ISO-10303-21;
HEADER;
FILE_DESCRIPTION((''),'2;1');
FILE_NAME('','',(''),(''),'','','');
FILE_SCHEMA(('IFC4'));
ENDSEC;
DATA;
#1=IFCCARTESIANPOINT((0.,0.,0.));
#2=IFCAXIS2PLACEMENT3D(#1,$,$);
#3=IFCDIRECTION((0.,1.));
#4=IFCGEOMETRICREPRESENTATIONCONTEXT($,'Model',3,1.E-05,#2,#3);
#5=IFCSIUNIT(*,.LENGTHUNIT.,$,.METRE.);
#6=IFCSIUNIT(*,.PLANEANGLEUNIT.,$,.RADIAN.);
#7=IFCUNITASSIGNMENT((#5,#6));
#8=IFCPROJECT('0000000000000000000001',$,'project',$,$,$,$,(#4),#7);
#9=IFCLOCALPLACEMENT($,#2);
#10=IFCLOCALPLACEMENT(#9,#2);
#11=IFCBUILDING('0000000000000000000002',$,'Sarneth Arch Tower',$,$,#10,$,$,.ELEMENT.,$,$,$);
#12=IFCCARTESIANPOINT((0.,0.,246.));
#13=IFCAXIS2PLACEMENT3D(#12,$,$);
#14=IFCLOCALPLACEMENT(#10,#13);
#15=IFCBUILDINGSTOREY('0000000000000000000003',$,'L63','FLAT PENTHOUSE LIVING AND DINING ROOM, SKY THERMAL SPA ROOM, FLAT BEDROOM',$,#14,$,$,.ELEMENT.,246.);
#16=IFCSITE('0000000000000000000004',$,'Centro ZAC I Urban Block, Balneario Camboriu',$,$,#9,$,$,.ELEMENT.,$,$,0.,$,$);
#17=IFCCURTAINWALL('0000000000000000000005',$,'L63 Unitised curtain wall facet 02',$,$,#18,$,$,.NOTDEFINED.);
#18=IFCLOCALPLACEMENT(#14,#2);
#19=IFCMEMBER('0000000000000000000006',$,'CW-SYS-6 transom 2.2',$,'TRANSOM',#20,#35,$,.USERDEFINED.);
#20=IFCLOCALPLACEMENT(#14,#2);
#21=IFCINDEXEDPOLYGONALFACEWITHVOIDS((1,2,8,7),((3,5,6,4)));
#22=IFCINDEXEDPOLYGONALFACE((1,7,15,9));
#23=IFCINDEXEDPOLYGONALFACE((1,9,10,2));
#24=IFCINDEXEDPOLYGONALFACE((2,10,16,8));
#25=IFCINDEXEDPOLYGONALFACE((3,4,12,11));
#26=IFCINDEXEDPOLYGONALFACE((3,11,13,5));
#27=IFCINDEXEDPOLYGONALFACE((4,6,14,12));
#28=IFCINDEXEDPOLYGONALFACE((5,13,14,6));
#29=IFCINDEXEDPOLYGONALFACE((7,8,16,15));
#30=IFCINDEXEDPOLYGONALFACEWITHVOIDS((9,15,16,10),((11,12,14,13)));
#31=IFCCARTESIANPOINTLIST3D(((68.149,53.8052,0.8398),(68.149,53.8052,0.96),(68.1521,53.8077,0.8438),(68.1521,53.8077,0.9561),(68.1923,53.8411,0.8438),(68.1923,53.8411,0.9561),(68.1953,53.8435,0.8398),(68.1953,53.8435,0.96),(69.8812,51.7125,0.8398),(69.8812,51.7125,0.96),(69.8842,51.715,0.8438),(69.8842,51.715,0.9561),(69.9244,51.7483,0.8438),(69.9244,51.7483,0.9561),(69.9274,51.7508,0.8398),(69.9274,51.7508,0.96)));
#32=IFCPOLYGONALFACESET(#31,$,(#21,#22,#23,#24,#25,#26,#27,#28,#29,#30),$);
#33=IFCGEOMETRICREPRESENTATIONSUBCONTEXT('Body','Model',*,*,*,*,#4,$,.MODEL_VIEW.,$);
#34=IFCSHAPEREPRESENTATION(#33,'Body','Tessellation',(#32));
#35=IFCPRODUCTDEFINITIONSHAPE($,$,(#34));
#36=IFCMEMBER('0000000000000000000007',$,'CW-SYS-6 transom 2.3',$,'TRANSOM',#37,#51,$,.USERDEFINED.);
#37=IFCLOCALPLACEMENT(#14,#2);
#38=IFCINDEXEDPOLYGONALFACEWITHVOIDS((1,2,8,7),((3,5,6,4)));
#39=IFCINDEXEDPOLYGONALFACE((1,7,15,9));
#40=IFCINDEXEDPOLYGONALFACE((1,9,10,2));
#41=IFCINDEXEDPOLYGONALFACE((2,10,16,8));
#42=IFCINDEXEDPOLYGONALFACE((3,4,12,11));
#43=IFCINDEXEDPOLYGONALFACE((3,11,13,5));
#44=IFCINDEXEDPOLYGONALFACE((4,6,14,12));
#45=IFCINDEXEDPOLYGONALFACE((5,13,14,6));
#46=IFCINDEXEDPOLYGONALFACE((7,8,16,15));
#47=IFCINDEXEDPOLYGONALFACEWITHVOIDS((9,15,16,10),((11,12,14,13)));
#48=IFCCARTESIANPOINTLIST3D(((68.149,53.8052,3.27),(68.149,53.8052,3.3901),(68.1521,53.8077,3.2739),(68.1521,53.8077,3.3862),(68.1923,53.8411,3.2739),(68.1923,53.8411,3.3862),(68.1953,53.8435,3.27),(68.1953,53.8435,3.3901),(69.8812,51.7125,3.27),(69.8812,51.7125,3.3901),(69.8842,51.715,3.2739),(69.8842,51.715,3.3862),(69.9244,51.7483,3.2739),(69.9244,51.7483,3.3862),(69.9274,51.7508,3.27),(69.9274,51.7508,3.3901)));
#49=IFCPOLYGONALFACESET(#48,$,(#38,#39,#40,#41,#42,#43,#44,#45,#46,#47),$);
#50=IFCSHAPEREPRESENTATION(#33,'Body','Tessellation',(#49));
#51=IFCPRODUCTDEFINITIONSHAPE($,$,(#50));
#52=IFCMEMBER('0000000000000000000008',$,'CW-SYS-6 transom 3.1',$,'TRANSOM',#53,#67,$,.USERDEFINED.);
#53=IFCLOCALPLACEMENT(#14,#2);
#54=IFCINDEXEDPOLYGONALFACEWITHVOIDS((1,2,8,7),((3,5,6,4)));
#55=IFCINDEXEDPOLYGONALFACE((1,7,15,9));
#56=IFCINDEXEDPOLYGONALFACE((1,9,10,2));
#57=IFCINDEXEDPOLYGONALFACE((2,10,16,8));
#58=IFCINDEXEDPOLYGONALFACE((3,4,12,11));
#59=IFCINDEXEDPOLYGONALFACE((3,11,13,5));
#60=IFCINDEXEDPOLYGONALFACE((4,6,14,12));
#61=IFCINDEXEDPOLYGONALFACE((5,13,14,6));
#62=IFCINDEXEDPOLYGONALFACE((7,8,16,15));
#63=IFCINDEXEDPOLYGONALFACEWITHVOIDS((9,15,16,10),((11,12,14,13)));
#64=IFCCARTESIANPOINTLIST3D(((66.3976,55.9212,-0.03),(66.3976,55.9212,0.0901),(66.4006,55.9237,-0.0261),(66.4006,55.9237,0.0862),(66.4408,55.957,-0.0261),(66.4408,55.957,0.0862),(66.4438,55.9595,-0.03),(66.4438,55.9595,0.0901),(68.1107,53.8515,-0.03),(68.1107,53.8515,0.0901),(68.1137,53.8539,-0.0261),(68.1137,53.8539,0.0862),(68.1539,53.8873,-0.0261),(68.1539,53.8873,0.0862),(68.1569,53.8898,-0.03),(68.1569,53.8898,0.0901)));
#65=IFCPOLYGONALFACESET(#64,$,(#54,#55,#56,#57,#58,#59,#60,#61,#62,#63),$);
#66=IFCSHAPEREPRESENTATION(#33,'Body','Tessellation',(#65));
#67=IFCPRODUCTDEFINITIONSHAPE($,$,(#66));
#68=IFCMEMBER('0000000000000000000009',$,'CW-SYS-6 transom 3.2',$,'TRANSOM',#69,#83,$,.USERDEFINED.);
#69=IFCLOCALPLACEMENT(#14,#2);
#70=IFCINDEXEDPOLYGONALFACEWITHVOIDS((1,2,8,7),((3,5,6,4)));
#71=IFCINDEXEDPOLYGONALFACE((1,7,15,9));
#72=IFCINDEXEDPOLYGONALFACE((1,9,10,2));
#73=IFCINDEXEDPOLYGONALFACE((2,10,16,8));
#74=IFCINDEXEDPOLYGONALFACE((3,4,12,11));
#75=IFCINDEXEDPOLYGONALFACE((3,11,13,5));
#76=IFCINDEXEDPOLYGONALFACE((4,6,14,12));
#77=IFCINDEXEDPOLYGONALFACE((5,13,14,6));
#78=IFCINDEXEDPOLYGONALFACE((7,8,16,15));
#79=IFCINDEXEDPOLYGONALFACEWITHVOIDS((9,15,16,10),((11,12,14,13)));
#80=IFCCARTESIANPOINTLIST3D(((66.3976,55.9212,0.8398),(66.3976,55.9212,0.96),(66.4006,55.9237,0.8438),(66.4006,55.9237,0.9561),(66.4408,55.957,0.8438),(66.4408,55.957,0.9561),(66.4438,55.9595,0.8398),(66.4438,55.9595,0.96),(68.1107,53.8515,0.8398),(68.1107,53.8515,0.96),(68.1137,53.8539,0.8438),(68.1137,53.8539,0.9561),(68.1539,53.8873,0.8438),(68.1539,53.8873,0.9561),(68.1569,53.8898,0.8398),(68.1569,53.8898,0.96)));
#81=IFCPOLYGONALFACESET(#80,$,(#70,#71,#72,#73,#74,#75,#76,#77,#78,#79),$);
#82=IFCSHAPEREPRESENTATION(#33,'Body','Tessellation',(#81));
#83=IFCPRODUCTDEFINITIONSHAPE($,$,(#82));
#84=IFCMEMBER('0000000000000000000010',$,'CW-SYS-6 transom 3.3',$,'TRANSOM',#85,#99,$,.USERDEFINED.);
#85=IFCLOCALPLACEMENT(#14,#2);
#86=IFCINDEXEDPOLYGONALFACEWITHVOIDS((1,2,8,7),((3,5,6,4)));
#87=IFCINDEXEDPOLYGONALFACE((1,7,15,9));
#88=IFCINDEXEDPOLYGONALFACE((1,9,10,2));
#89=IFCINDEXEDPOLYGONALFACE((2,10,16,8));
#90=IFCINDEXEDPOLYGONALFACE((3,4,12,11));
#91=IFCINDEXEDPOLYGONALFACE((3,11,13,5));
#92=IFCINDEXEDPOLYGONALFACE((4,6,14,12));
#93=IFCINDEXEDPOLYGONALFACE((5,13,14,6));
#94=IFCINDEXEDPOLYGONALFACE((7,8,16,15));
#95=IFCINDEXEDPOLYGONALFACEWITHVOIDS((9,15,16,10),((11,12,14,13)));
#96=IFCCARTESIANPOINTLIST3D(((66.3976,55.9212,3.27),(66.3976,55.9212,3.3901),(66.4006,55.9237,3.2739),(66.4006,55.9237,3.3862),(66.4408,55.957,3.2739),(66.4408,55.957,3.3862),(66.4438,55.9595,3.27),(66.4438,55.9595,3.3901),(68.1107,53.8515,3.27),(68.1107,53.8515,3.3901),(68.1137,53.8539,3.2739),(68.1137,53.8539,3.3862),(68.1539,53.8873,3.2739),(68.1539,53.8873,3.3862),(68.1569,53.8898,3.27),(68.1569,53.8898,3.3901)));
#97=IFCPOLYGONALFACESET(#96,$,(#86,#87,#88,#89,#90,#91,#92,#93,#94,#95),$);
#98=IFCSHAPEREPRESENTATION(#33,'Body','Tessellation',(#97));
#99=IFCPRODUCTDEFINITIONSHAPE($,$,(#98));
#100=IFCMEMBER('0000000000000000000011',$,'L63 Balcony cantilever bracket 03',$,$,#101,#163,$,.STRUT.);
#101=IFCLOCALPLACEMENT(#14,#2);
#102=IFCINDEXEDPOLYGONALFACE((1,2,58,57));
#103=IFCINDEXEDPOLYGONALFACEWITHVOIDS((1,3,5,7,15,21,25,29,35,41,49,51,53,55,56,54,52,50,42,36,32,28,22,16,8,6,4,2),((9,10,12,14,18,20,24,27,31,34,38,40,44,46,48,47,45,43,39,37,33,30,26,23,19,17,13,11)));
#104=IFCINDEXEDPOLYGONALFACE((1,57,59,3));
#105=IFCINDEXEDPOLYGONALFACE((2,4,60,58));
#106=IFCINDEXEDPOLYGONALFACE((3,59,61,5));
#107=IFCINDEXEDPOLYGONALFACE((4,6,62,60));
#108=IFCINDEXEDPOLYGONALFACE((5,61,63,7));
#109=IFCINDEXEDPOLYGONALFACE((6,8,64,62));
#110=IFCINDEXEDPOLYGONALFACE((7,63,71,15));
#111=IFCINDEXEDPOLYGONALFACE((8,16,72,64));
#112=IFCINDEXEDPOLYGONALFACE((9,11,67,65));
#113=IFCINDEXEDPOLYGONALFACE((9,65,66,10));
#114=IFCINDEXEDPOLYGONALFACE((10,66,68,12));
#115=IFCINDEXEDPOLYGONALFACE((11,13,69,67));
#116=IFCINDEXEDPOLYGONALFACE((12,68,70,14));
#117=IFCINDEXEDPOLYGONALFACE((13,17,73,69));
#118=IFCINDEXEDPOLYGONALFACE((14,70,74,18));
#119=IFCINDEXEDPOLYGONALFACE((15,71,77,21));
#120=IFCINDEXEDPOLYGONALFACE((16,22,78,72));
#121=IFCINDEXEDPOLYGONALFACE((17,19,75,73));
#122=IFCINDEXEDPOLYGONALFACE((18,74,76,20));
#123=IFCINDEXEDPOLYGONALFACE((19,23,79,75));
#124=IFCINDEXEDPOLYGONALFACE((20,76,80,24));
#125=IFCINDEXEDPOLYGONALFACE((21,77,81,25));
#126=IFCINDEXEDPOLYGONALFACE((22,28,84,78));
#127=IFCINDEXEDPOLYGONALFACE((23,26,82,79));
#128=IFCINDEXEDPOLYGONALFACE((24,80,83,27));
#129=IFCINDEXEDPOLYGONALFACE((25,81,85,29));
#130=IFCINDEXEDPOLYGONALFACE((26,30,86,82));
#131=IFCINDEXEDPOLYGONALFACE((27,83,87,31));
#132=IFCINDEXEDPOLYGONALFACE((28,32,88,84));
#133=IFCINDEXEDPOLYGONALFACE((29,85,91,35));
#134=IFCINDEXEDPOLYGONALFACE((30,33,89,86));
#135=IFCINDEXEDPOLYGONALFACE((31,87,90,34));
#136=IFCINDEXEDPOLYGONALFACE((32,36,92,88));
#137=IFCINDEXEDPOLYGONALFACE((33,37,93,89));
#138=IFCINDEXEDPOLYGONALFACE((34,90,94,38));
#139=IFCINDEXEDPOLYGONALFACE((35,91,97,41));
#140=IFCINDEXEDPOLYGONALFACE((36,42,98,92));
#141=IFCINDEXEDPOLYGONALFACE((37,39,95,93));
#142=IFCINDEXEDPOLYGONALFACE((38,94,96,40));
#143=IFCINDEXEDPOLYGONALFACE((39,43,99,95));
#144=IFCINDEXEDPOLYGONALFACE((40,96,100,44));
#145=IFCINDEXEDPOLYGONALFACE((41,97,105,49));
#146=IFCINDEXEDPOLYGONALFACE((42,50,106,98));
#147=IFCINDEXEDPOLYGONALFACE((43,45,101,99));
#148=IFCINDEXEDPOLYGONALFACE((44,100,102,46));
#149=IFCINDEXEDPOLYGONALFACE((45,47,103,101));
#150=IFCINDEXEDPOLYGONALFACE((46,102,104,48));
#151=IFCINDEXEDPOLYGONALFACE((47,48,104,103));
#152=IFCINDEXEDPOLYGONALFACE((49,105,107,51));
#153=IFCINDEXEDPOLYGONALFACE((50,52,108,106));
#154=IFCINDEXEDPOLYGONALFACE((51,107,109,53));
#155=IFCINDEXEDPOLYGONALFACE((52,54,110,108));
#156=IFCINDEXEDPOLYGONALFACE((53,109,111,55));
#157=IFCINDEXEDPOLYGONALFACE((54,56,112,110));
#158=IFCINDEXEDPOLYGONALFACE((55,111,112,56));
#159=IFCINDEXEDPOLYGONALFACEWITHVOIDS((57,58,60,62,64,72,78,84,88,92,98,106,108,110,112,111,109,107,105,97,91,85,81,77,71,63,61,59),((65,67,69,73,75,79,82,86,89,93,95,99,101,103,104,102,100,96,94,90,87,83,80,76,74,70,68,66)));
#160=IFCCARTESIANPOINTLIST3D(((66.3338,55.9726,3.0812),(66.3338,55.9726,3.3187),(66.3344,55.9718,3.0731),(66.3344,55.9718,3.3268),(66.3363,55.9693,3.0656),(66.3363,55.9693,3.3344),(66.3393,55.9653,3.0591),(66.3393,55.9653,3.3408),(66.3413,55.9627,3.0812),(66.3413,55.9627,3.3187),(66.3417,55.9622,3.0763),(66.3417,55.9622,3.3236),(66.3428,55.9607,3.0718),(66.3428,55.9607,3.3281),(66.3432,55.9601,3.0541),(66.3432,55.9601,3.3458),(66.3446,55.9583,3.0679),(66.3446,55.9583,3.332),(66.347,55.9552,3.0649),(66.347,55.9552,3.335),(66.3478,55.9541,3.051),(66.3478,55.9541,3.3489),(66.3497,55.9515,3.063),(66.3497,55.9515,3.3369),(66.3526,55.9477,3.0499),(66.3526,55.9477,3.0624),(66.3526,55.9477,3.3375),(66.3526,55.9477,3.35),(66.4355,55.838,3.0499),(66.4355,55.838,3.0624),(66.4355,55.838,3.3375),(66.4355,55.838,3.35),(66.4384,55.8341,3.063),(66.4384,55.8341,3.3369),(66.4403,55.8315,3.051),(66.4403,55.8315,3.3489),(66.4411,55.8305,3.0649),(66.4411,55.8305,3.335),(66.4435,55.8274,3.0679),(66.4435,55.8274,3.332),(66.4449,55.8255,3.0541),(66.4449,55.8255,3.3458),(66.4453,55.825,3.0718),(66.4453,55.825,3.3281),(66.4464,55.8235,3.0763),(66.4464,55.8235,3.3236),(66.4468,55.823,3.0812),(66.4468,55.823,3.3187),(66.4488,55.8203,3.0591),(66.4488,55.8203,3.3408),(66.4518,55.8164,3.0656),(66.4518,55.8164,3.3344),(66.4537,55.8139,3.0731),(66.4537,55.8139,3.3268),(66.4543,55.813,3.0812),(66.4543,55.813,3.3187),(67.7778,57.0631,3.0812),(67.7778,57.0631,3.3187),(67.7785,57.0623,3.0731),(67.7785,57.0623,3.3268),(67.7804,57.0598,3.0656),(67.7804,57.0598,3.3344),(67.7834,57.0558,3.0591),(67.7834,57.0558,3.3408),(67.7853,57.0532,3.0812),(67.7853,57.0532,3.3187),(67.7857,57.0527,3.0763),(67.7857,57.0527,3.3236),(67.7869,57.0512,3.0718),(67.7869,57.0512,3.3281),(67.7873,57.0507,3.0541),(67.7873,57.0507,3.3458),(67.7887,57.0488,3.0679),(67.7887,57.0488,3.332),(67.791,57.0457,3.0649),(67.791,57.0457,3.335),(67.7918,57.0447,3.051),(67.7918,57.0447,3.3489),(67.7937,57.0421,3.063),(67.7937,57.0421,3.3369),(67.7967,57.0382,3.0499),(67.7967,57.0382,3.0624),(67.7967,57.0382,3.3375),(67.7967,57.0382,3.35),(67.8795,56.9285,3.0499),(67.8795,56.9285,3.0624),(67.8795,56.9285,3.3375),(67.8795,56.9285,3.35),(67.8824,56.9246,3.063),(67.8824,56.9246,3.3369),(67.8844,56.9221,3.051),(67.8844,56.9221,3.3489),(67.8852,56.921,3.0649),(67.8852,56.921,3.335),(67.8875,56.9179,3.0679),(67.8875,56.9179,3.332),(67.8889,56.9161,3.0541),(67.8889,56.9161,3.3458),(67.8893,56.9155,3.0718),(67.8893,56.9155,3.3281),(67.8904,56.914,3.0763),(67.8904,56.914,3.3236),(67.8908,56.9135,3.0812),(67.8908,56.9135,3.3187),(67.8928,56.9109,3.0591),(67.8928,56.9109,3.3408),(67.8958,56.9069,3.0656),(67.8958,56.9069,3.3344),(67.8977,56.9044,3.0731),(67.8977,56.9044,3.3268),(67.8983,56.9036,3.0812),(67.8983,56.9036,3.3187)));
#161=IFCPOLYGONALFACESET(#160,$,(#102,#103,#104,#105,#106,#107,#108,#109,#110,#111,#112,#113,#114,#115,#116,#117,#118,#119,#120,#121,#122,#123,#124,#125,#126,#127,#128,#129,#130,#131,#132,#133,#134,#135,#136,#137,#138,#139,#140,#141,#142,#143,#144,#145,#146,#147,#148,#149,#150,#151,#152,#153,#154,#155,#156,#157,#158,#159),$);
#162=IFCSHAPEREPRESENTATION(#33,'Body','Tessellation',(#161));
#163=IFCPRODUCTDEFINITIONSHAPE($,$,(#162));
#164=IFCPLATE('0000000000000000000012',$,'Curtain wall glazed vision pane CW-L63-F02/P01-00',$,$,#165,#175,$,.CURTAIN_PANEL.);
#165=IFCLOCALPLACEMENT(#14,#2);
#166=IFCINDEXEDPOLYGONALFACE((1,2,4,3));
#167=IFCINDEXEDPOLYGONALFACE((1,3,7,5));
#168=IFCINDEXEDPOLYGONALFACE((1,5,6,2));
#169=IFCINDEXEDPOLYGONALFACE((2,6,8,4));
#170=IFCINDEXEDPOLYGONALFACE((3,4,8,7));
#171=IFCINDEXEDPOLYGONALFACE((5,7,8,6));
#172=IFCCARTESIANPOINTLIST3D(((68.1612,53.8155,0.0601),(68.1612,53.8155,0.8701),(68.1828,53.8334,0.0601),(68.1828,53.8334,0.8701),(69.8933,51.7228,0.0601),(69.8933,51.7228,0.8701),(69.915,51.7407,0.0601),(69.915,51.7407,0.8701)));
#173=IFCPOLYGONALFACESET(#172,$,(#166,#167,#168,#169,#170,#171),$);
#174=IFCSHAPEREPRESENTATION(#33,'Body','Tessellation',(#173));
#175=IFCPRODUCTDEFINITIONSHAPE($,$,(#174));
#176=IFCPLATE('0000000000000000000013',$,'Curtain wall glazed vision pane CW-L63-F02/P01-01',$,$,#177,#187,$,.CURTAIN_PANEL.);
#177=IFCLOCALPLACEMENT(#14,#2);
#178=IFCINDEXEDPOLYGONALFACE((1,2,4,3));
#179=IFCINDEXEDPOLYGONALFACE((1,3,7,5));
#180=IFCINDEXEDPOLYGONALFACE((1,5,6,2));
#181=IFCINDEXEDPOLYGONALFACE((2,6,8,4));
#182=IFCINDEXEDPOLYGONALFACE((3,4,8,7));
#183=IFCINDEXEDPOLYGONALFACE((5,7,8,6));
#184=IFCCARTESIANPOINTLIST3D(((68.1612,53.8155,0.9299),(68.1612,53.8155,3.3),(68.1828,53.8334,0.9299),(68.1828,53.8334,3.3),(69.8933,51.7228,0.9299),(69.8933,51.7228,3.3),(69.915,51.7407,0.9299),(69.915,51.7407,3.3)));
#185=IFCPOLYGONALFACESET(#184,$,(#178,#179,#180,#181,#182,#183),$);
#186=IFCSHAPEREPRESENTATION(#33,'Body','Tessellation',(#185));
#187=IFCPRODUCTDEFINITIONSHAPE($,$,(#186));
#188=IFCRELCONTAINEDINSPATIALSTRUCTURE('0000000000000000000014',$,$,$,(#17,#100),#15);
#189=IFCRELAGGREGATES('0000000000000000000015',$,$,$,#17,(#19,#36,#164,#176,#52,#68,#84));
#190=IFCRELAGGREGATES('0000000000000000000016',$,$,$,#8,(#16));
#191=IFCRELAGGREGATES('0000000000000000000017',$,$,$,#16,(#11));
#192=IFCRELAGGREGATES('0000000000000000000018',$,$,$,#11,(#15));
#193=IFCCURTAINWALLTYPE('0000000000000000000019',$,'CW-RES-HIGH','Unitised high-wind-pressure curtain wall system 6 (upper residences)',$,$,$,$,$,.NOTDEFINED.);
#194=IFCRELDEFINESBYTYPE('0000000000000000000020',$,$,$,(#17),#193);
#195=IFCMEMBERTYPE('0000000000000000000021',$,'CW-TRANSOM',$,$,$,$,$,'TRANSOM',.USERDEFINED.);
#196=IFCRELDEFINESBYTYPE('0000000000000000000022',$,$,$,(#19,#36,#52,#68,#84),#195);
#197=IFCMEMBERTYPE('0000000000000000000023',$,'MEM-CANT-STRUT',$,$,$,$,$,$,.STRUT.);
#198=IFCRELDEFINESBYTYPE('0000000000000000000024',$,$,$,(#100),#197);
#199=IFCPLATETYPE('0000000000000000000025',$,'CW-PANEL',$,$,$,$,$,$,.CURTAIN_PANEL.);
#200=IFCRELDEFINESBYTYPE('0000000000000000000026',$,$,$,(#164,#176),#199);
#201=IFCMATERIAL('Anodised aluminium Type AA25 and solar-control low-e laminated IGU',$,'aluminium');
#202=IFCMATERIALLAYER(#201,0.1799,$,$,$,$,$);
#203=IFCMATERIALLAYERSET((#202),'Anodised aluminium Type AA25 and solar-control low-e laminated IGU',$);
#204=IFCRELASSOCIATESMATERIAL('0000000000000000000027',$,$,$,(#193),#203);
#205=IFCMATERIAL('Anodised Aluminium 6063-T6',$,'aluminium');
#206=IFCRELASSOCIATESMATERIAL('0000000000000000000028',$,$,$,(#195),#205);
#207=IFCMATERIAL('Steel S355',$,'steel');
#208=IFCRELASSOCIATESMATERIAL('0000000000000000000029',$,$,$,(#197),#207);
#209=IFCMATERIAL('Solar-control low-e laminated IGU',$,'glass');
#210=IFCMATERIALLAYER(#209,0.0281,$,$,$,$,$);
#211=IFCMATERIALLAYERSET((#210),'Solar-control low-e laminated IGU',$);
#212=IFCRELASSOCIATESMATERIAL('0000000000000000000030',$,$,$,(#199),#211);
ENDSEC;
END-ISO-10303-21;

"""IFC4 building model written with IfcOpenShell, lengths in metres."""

from ifc_helpers import new_model, si_unit, direction, frame, origin, origin_2d, place, context, subcontext, project, spatial, rectangle, hollow_rectangle, extrude, material, layer, layer_set, material_profile, profile_set, type_object, element, aggregate, save


model = new_model("IFC4")

# Units and contexts
model_context = context("Model", 3, precision=1e-05, world=origin(), true_north=direction((0.0, 1.0)))
body_context = subcontext(model_context, "Body", "Model", "MODEL_VIEW")
ifc_project = project(units=[si_unit("LENGTHUNIT", "METRE"), si_unit("PLANEANGLEUNIT", "RADIAN")], contexts=[model_context])

# Site, building, storey
site_placement = place(None, origin())
site = spatial("IfcSite", under=ifc_project, at=site_placement, Name="Centro ZAC I Urban Block, Balneario Camboriu", CompositionType="ELEMENT", RefElevation=0.0)
building_placement = place(site_placement, origin())
building = spatial("IfcBuilding", under=site, at=building_placement, Name="Sarneth Arch Tower", CompositionType="ELEMENT")
storey_placement = place(building_placement, frame((0.0, 0.0, 246.0)))
storey = spatial("IfcBuildingStorey", under=building, at=storey_placement, Name="L63", Description="FLAT PENTHOUSE LIVING AND DINING ROOM, SKY THERMAL SPA ROOM, FLAT BEDROOM", CompositionType="ELEMENT", Elevation=246.0)

# Curtain wall, members
ifc_material_1 = material(Name="Anodised aluminium Type AA25 and solar-control low-e laminated IGU", Category="aluminium")
ifc_layer_1 = layer(ifc_material_1, 0.1799)
ifc_layer_set_1 = layer_set([ifc_layer_1], Name="Anodised aluminium Type AA25 and solar-control low-e laminated IGU")
curtain_wall_type = type_object("IfcCurtainWallType", Name="CW-RES-HIGH", Description="Unitised high-wind-pressure curtain wall system 6 (upper residences)", PredefinedType="NOTDEFINED", material=ifc_layer_set_1)
curtain_wall_placement = place(storey_placement, origin())
curtain_wall = element("IfcCurtainWall", 1, at=curtain_wall_placement, inside=storey, type_object=curtain_wall_type, Name="L63 Unitised curtain wall facet 02", PredefinedType="NOTDEFINED")
ifc_material_2 = material(Name="Anodised Aluminium 6063-T6", Category="aluminium")
ifc_material_profile_1 = material_profile(ifc_material_2, hollow_rectangle(XDim=0.0601, YDim=0.1201, WallThickness=0.0039, at=origin_2d()), Name="AL-TRAN-120x60x4")
ifc_profile_set_1 = profile_set([ifc_material_profile_1], Name="Anodised Aluminium 6063-T6")
member_type_1 = type_object("IfcMemberType", Name="CW-TRANSOM", ElementType="TRANSOM", PredefinedType="USERDEFINED", material=ifc_profile_set_1)
member_1_placement = place(storey_placement, frame((69.9043, 51.7317, 0.8999), z_axis=(-0.637617, 0.770353, 0.0), x_axis=(-0.770353, -0.637617, 0.0)))
member_1 = element("IfcMember", 2, at=member_1_placement, type_object=member_type_1, Name="CW-SYS-6 transom 2.2", ObjectType="TRANSOM", PredefinedType="USERDEFINED", context=body_context, shape_type="SweptSolid", body=[
    extrude(hollow_rectangle(XDim=0.0601, YDim=0.1201, WallThickness=0.0039, at=origin_2d()), origin(), (0.0, 0.0, 1.0), 2.7166),
])
member_2_placement = place(storey_placement, frame((69.9043, 51.7317, 3.3301), z_axis=(-0.637617, 0.770353, 0.0), x_axis=(-0.770353, -0.637617, 0.0)))
member_2 = element("IfcMember", 3, at=member_2_placement, type_object=member_type_1, Name="CW-SYS-6 transom 2.3", ObjectType="TRANSOM", PredefinedType="USERDEFINED", context=body_context, shape_type="SweptSolid", body=[
    extrude(hollow_rectangle(XDim=0.0601, YDim=0.1201, WallThickness=0.0039, at=origin_2d()), origin(), (0.0, 0.0, 1.0), 2.7166),
])
member_3_placement = place(storey_placement, frame((68.1338, 53.8706, 0.03), z_axis=(-0.637607, 0.770362, 0.0), x_axis=(-0.770362, -0.637607, 0.0)))
member_3 = element("IfcMember", 4, at=member_3_placement, type_object=member_type_1, Name="CW-SYS-6 transom 3.1", ObjectType="TRANSOM", PredefinedType="USERDEFINED", context=body_context, shape_type="SweptSolid", body=[
    extrude(hollow_rectangle(XDim=0.0601, YDim=0.1201, WallThickness=0.0039, at=origin_2d()), origin(), (0.0, 0.0, 1.0), 2.6868),
])
member_4_placement = place(storey_placement, frame((68.1338, 53.8706, 0.8999), z_axis=(-0.637607, 0.770362, 0.0), x_axis=(-0.770362, -0.637607, 0.0)))
member_4 = element("IfcMember", 5, at=member_4_placement, type_object=member_type_1, Name="CW-SYS-6 transom 3.2", ObjectType="TRANSOM", PredefinedType="USERDEFINED", context=body_context, shape_type="SweptSolid", body=[
    extrude(hollow_rectangle(XDim=0.0601, YDim=0.1201, WallThickness=0.0039, at=origin_2d()), origin(), (0.0, 0.0, 1.0), 2.6868),
])
member_5_placement = place(storey_placement, frame((68.1338, 53.8706, 3.3301), z_axis=(-0.637607, 0.770362, 0.0), x_axis=(-0.770362, -0.637607, 0.0)))
member_5 = element("IfcMember", 6, at=member_5_placement, type_object=member_type_1, Name="CW-SYS-6 transom 3.3", ObjectType="TRANSOM", PredefinedType="USERDEFINED", context=body_context, shape_type="SweptSolid", body=[
    extrude(hollow_rectangle(XDim=0.0601, YDim=0.1201, WallThickness=0.0039, at=origin_2d()), origin(), (0.0, 0.0, 1.0), 2.6868),
])

# Member
ifc_material_3 = material(Name="Steel S355", Category="steel")
ifc_material_profile_2 = material_profile(ifc_material_3, hollow_rectangle(XDim=0.2, YDim=0.3, WallThickness=0.0125, InnerFilletRadius=0.0188, OuterFilletRadius=0.0312, at=origin_2d()), Name="RHS300x200x12.5")
ifc_profile_set_2 = profile_set([ifc_material_profile_2], Name="Steel S355")
member_type_2 = type_object("IfcMemberType", Name="MEM-CANT-STRUT", PredefinedType="STRUT", material=ifc_profile_set_2)
member_6_placement = place(storey_placement, frame((66.394, 55.8928, 3.2), z_axis=(0.798004, 0.602652, 0.0), x_axis=(-0.602652, 0.798004, 0.0)))
element("IfcMember", 7, at=member_6_placement, inside=storey, type_object=member_type_2, Name="L63 Balcony cantilever bracket 03", PredefinedType="STRUT", context=body_context, shape_type="SweptSolid", body=[
    extrude(hollow_rectangle(XDim=0.2, YDim=0.3, WallThickness=0.0125, InnerFilletRadius=0.0188, OuterFilletRadius=0.0312, at=origin_2d()), origin(), (0.0, 0.0, 1.0), 1.8096),
])

# Plates
ifc_material_4 = material(Name="Solar-control low-e laminated IGU", Category="glass")
ifc_layer_2 = layer(ifc_material_4, 0.0281)
ifc_layer_set_2 = layer_set([ifc_layer_2], Name="Solar-control low-e laminated IGU")
plate_type_1 = type_object("IfcPlateType", Name="CW-PANEL", PredefinedType="CURTAIN_PANEL", material=ifc_layer_set_2)
plate_1_placement = place(storey_placement, frame((69.0381, 52.7781, 0.0601), z_axis=(0.0, 0.0, 1.0), x_axis=(-0.63761, 0.770359, 0.0)))
plate_1 = element("IfcPlate", 8, at=plate_1_placement, type_object=plate_type_1, Name="Curtain wall glazed vision pane CW-L63-F02/P01-00", PredefinedType="CURTAIN_PANEL", context=body_context, shape_type="SweptSolid", body=[
    extrude(rectangle(XDim=2.7166, YDim=0.0281, at=origin_2d()), origin(), (0.0, 0.0, 1.0), 0.8101),
])
plate_2_placement = place(storey_placement, frame((69.0381, 52.7781, 0.9299), z_axis=(0.0, 0.0, 1.0), x_axis=(-0.63761, 0.770359, 0.0)))
plate_2 = element("IfcPlate", 9, at=plate_2_placement, type_object=plate_type_1, Name="Curtain wall glazed vision pane CW-L63-F02/P01-01", PredefinedType="CURTAIN_PANEL", context=body_context, shape_type="SweptSolid", body=[
    extrude(rectangle(XDim=2.7166, YDim=0.0281, at=origin_2d()), origin(), (0.0, 0.0, 1.0), 2.3701),
])
aggregate(curtain_wall, [member_1, member_2, plate_1, plate_2, member_3, member_4, member_5])

save(model, "model.ifc")
